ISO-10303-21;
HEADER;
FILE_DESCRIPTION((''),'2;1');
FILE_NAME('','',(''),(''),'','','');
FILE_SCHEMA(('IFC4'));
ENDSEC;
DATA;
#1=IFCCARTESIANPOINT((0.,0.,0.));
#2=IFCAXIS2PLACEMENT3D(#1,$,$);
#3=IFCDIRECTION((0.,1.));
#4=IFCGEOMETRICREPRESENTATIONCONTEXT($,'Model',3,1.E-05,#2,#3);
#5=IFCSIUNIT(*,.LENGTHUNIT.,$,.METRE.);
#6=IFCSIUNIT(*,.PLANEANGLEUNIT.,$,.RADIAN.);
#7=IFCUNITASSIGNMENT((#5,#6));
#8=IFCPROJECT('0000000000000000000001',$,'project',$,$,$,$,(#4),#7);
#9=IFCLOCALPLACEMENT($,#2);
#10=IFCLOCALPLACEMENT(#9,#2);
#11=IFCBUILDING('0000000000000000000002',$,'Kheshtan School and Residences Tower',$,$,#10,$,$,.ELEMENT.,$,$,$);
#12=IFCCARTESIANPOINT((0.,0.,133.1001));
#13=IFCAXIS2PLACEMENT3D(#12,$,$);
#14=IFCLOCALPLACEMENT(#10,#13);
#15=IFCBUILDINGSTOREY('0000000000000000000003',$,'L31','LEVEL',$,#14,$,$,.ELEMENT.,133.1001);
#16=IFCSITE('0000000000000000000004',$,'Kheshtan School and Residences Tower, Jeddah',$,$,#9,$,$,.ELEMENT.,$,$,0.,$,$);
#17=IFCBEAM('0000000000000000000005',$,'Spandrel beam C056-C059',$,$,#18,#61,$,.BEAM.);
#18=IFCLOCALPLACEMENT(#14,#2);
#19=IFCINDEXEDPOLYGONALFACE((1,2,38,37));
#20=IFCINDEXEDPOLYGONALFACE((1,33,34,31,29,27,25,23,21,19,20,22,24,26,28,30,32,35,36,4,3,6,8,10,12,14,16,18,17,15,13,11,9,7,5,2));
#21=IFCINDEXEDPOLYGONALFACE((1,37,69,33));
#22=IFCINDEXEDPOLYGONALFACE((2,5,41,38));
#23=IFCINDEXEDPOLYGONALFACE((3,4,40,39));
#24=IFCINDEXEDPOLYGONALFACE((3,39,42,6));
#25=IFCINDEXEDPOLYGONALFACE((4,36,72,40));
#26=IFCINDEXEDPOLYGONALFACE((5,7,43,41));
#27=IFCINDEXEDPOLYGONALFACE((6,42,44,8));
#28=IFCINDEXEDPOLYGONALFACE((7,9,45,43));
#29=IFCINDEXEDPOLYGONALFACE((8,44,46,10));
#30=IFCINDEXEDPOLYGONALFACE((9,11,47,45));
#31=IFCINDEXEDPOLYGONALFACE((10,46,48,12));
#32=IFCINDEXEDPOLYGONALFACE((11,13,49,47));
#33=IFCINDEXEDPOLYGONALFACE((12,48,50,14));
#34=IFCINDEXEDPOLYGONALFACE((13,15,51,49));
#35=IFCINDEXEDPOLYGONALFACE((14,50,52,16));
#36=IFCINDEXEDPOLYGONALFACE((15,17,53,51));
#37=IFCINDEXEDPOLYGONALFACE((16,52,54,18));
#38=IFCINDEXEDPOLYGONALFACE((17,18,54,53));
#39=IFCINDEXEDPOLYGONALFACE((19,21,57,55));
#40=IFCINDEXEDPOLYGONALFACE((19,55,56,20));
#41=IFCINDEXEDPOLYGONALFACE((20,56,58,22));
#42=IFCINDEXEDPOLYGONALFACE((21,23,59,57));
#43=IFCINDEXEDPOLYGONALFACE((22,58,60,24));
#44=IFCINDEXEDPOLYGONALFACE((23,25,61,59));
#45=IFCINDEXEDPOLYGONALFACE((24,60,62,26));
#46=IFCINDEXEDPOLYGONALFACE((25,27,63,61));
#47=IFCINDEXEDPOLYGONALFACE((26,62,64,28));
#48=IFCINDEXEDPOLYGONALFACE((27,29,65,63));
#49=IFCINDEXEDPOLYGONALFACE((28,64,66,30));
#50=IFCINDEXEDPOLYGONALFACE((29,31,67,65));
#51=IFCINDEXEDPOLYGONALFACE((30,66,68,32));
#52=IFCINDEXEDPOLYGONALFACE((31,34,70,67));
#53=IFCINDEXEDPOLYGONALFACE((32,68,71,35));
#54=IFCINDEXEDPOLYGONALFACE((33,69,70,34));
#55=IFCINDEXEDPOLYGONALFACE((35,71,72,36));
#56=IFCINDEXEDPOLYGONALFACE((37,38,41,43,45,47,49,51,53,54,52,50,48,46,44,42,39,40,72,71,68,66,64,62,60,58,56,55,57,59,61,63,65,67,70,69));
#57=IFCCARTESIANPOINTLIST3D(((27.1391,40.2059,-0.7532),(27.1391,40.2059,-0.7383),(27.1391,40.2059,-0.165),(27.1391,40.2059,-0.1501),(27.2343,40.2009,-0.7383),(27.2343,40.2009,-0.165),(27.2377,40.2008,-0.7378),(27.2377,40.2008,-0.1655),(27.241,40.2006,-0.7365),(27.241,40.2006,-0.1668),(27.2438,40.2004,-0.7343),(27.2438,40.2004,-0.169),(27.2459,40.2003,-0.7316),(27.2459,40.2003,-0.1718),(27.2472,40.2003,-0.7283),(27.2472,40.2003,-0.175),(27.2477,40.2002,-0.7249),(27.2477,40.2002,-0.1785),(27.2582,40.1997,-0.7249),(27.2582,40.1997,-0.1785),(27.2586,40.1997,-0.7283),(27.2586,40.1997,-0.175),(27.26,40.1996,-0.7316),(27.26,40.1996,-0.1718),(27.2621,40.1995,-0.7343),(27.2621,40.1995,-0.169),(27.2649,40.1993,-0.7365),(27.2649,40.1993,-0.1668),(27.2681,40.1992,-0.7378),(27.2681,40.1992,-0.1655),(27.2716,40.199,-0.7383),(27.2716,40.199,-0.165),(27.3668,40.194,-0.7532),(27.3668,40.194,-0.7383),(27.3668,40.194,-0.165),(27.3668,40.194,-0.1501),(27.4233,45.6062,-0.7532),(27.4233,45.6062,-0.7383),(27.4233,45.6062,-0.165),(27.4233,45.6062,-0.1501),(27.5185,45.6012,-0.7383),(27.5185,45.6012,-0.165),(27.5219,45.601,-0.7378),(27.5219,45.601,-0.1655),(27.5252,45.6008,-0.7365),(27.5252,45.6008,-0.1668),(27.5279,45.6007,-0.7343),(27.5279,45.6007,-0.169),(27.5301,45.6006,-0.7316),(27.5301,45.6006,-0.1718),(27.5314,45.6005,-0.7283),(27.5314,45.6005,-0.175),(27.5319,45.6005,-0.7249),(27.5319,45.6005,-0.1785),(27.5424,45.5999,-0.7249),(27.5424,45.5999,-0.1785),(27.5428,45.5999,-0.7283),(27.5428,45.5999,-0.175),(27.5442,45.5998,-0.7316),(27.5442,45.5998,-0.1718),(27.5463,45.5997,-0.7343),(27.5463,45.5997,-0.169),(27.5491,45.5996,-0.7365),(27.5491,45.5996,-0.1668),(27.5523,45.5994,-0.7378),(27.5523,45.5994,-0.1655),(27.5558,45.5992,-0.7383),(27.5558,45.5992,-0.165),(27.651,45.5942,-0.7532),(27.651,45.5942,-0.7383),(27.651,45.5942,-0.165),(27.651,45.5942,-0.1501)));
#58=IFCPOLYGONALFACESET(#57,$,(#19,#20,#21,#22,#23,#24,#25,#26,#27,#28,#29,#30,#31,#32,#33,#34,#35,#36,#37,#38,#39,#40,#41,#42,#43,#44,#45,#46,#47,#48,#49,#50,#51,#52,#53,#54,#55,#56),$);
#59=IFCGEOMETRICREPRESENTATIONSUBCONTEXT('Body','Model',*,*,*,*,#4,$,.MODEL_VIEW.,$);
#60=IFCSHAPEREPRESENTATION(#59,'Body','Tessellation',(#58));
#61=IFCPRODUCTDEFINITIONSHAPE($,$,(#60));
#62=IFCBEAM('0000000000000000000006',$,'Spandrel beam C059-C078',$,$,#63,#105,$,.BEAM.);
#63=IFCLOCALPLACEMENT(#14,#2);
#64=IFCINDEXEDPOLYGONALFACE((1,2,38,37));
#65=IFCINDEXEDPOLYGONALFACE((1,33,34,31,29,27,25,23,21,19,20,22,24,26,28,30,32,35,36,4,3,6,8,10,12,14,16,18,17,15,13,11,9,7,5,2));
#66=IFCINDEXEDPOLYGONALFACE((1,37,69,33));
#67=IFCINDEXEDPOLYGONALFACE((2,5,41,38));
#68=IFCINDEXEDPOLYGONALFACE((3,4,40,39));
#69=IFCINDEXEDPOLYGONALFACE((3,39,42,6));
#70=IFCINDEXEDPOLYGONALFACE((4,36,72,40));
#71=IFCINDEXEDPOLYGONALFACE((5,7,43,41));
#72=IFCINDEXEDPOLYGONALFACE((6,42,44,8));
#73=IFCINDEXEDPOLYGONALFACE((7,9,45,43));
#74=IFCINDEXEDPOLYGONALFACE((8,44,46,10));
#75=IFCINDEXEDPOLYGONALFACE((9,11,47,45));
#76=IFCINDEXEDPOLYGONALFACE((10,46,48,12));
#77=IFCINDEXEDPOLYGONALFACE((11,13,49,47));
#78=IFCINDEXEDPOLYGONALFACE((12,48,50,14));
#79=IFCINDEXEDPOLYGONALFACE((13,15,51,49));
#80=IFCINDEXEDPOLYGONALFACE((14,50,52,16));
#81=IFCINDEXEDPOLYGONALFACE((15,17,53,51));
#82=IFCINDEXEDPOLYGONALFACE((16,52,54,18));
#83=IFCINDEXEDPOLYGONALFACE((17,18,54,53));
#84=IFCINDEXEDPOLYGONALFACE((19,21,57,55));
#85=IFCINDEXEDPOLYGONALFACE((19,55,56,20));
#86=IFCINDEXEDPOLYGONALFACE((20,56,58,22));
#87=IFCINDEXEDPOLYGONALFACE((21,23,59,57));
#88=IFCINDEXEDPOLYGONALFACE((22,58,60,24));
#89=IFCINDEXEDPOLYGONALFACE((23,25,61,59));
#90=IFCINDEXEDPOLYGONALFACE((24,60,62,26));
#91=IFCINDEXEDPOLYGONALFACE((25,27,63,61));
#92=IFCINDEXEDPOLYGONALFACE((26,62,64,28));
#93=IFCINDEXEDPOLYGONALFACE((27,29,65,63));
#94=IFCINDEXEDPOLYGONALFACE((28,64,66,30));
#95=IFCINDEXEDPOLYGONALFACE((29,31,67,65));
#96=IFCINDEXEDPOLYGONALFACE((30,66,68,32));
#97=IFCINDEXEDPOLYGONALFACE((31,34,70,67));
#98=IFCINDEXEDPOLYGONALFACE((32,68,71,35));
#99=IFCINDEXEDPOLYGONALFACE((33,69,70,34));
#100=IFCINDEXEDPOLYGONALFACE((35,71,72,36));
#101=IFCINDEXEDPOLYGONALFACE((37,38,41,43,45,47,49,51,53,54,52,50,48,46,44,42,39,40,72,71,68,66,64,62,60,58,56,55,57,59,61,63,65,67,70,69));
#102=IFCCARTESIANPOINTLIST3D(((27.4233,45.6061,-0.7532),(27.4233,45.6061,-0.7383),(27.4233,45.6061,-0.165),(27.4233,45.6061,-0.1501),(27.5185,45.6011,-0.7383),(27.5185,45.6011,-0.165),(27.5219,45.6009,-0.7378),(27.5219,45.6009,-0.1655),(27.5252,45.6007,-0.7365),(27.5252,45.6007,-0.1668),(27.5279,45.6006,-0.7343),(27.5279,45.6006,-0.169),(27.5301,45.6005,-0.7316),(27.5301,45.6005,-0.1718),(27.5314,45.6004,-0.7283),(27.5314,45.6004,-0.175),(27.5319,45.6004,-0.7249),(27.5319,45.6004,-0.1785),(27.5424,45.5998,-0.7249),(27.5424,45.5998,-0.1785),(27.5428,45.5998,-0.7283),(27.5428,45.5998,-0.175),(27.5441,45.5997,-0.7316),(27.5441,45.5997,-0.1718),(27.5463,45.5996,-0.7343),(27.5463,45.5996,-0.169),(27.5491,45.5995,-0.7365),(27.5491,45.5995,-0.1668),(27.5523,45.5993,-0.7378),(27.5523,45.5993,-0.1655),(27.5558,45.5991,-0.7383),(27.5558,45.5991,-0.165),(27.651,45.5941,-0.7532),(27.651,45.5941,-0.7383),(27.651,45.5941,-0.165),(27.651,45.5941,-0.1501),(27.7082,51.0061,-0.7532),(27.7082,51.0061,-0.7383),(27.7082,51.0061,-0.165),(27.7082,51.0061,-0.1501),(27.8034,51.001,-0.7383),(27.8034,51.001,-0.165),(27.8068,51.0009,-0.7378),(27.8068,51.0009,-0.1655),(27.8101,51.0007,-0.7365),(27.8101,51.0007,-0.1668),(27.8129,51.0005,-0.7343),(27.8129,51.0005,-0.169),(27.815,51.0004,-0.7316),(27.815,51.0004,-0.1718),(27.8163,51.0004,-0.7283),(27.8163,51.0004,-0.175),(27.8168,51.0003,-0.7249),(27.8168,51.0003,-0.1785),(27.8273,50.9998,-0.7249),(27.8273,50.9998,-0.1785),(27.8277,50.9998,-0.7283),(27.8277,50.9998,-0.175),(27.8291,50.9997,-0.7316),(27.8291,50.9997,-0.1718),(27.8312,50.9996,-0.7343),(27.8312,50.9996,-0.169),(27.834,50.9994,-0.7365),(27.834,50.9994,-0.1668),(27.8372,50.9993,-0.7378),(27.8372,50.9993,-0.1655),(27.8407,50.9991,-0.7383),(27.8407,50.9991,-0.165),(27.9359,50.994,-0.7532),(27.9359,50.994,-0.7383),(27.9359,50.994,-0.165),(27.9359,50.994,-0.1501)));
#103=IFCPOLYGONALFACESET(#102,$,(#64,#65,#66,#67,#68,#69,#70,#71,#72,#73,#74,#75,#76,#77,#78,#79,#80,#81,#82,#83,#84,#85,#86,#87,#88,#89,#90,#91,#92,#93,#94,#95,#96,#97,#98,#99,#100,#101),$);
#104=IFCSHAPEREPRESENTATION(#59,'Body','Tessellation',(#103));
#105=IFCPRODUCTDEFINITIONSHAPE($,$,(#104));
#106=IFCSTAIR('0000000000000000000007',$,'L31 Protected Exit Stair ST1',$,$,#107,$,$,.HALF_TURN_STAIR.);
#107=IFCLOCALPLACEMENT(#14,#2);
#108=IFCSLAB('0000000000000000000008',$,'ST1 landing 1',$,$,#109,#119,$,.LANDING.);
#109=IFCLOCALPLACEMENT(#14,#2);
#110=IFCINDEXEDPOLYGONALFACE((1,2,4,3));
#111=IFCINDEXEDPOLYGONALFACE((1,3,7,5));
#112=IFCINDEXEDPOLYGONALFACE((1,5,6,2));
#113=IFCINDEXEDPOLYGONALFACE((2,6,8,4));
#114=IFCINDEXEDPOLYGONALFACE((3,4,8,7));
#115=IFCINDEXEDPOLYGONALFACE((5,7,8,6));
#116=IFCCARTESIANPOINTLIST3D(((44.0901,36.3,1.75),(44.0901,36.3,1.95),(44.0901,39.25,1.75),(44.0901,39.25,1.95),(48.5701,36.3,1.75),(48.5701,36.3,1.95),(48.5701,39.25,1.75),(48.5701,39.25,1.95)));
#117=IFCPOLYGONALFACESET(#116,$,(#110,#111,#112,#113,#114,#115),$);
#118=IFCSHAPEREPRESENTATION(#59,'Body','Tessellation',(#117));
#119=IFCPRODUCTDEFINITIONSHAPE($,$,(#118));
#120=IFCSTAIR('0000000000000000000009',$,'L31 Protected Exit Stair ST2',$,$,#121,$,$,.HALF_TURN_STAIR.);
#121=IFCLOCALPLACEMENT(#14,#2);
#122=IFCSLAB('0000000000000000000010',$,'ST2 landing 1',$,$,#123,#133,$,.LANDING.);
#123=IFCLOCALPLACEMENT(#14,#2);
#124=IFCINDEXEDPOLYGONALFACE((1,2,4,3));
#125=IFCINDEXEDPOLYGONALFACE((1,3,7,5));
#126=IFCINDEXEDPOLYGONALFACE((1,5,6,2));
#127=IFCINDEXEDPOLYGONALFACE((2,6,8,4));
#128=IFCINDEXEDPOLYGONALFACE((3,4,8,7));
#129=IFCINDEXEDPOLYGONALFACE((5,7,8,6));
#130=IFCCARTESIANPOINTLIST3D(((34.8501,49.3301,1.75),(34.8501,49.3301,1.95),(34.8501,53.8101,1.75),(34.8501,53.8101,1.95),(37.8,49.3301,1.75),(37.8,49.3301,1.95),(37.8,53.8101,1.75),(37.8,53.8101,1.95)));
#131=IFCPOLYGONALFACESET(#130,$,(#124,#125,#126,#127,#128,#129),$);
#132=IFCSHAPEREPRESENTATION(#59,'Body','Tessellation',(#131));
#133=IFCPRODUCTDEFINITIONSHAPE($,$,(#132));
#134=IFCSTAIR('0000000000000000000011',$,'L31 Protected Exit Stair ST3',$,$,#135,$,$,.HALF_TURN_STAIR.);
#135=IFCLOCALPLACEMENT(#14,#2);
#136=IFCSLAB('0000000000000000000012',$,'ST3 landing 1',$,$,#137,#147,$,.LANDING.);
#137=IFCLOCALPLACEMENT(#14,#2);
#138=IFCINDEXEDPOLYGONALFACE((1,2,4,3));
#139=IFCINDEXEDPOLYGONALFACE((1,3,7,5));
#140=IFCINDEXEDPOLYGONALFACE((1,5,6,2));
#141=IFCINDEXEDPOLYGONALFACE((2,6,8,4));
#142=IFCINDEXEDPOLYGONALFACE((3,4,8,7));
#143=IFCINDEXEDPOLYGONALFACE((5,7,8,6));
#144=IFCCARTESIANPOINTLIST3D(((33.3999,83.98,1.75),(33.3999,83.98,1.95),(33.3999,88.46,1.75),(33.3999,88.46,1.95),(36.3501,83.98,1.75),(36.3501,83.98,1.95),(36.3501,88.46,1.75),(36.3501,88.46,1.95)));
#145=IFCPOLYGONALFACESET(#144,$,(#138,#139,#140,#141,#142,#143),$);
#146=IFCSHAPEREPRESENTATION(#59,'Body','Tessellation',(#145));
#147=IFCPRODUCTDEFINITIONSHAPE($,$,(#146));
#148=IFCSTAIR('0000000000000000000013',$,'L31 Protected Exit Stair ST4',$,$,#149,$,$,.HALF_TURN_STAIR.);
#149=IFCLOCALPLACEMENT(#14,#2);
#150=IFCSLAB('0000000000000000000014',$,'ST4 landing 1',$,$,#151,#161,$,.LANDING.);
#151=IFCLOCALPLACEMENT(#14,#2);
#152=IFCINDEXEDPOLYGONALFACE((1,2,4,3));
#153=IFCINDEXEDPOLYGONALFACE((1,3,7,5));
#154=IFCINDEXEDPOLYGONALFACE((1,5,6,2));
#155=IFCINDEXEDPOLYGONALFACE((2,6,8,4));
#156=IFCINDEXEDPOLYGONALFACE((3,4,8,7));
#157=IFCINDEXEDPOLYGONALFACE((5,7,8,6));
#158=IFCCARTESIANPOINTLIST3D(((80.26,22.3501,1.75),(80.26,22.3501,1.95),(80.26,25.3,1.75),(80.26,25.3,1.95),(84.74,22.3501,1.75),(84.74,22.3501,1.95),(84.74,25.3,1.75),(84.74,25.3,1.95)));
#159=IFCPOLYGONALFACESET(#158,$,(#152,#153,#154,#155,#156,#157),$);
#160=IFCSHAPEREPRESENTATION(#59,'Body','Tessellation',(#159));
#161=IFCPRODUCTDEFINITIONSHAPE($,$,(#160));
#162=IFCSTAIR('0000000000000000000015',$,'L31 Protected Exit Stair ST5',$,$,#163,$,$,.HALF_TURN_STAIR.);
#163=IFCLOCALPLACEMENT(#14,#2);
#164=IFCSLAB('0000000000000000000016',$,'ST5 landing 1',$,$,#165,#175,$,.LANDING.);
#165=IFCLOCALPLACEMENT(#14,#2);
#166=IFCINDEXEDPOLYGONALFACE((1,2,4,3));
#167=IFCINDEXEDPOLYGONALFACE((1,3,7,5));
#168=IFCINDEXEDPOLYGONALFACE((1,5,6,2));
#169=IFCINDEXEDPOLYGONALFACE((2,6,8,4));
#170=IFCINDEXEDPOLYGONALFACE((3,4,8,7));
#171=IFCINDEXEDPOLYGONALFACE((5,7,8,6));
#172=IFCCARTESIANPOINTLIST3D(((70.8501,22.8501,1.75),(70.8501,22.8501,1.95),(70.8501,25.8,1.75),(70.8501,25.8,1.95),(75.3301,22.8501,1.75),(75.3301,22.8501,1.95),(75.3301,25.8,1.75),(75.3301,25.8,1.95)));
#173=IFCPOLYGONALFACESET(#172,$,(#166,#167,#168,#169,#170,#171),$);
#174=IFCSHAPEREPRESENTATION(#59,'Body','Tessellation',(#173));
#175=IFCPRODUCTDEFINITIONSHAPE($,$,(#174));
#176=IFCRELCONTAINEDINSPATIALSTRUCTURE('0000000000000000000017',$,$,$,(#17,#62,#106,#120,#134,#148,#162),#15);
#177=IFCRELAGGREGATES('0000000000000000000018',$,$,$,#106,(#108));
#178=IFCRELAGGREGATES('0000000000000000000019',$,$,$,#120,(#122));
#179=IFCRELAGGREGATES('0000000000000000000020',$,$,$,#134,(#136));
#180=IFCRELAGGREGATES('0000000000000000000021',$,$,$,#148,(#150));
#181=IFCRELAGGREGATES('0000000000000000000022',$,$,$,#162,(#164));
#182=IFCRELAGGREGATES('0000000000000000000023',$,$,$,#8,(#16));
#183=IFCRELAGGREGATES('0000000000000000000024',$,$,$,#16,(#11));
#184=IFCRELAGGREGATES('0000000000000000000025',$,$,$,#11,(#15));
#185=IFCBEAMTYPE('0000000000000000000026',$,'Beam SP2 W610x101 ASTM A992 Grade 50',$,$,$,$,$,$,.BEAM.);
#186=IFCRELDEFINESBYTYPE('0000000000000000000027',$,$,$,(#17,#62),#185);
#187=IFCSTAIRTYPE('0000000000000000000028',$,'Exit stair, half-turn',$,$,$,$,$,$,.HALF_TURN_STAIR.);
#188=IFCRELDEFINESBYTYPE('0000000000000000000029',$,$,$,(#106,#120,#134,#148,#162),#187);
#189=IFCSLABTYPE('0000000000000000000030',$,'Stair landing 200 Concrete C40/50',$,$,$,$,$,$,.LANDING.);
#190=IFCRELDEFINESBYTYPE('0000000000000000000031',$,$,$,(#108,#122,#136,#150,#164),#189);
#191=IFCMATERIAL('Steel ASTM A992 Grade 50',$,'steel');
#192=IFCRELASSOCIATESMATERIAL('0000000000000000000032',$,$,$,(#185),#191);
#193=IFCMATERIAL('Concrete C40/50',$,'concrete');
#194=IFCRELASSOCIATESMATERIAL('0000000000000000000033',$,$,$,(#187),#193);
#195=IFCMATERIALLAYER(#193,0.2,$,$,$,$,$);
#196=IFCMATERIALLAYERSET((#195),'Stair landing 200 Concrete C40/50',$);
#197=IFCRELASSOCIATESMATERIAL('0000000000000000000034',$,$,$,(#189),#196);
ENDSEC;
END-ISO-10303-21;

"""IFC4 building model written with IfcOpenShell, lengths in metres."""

from ifc_helpers import new_model, si_unit, direction, frame, origin, origin_2d, place, context, subcontext, project, spatial, polyline, i_section, outline, extrude, material, layer, layer_set, material_profile, profile_set, type_object, element, aggregate, save


model = new_model("IFC4")

# Units and contexts
model_context = context("Model", 3, precision=1e-05, world=origin(), true_north=direction((0.0, 1.0)))
body_context = subcontext(model_context, "Body", "Model", "MODEL_VIEW")
ifc_project = project(units=[si_unit("LENGTHUNIT", "METRE"), si_unit("PLANEANGLEUNIT", "RADIAN")], contexts=[model_context])

# Site, building, storey
site_placement = place(None, origin())
site = spatial("IfcSite", under=ifc_project, at=site_placement, Name="Kheshtan School and Residences Tower, Jeddah", CompositionType="ELEMENT", RefElevation=0.0)
building_placement = place(site_placement, origin())
building = spatial("IfcBuilding", under=site, at=building_placement, Name="Kheshtan School and Residences Tower", CompositionType="ELEMENT")
storey_placement = place(building_placement, frame((0.0, 0.0, 133.1001)))
storey = spatial("IfcBuildingStorey", under=building, at=storey_placement, Name="L31", Description="LEVEL", CompositionType="ELEMENT", Elevation=133.1001)

# Shared definitions
ifc_material_1 = material(Name="Steel ASTM A992 Grade 50", Category="steel")

# Beams
ifc_material_profile_1 = material_profile(ifc_material_1, i_section(OverallWidth=0.228, OverallDepth=0.603, WebThickness=0.0105, FlangeThickness=0.0149, FilletRadius=0.0134, at=origin_2d()), Name="W610x101")
ifc_profile_set_1 = profile_set([ifc_material_profile_1], Name="Steel ASTM A992 Grade 50")
beam_type_1 = type_object("IfcBeamType", Name="Beam SP2 W610x101 ASTM A992 Grade 50", PredefinedType="BEAM", material=ifc_profile_set_1)
beam_1_placement = place(storey_placement, frame((27.2529, 40.2, -0.4517), z_axis=(0.052552, 0.998618, 0.0), x_axis=(-0.998618, 0.052552, 0.0)))
element("IfcBeam", 1, at=beam_1_placement, inside=storey, type_object=beam_type_1, Name="Spandrel beam C056-C059", PredefinedType="BEAM", context=body_context, shape_type="SweptSolid", body=[
    extrude(i_section(OverallWidth=0.228, OverallDepth=0.603, WebThickness=0.0105, FlangeThickness=0.0149, FilletRadius=0.0134, at=origin_2d()), origin(), (0.0, 0.0, 1.0), 5.4077),
])
beam_2_placement = place(storey_placement, frame((27.5371, 45.6001, -0.4517), z_axis=(0.052689, 0.998611, 0.0), x_axis=(-0.998611, 0.052689, 0.0)))
element("IfcBeam", 2, at=beam_2_placement, inside=storey, type_object=beam_type_1, Name="Spandrel beam C059-C078", PredefinedType="BEAM", context=body_context, shape_type="SweptSolid", body=[
    extrude(i_section(OverallWidth=0.228, OverallDepth=0.603, WebThickness=0.0105, FlangeThickness=0.0149, FilletRadius=0.0134, at=origin_2d()), origin(), (0.0, 0.0, 1.0), 5.4075),
])

# Shared definitions
ifc_material_2 = material(Name="Concrete C40/50", Category="concrete")

# Stairs, slabs
stair_type = type_object("IfcStairType", Name="Exit stair, half-turn", PredefinedType="HALF_TURN_STAIR", material=ifc_material_2)
stair_1_placement = place(storey_placement, origin())
stair_1 = element("IfcStair", 3, at=stair_1_placement, inside=storey, type_object=stair_type, Name="L31 Protected Exit Stair ST1", PredefinedType="HALF_TURN_STAIR")
ifc_layer_1 = layer(ifc_material_2, 0.2)
ifc_layer_set_1 = layer_set([ifc_layer_1], Name="Stair landing 200 Concrete C40/50")
slab_type_1 = type_object("IfcSlabType", Name="Stair landing 200 Concrete C40/50", PredefinedType="LANDING", material=ifc_layer_set_1)
slab_1_placement = place(storey_placement, frame((0.0, 0.0, 1.75)))
slab_1 = element("IfcSlab", 4, at=slab_1_placement, type_object=slab_type_1, Name="ST1 landing 1", PredefinedType="LANDING", context=body_context, shape_type="SweptSolid", body=[
    extrude(outline(polyline([(48.5701, 39.25), (44.0901, 39.25), (44.0901, 36.3), (48.5701, 36.3), (48.5701, 39.25)])), origin(), (0.0, 0.0, 1.0), 0.2),
])
aggregate(stair_1, [slab_1])
stair_2_placement = place(storey_placement, origin())
stair_2 = element("IfcStair", 5, at=stair_2_placement, inside=storey, type_object=stair_type, Name="L31 Protected Exit Stair ST2", PredefinedType="HALF_TURN_STAIR")
slab_2_placement = place(storey_placement, frame((0.0, 0.0, 1.75)))
slab_2 = element("IfcSlab", 6, at=slab_2_placement, type_object=slab_type_1, Name="ST2 landing 1", PredefinedType="LANDING", context=body_context, shape_type="SweptSolid", body=[
    extrude(outline(polyline([(37.8, 49.3301), (37.8, 53.8101), (34.8501, 53.8101), (34.8501, 49.3301), (37.8, 49.3301)])), origin(), (0.0, 0.0, 1.0), 0.2),
])
aggregate(stair_2, [slab_2])
stair_3_placement = place(storey_placement, origin())
stair_3 = element("IfcStair", 7, at=stair_3_placement, inside=storey, type_object=stair_type, Name="L31 Protected Exit Stair ST3", PredefinedType="HALF_TURN_STAIR")
slab_3_placement = place(storey_placement, frame((0.0, 0.0, 1.75)))
slab_3 = element("IfcSlab", 8, at=slab_3_placement, type_object=slab_type_1, Name="ST3 landing 1", PredefinedType="LANDING", context=body_context, shape_type="SweptSolid", body=[
    extrude(outline(polyline([(36.3501, 83.98), (36.3501, 88.46), (33.3999, 88.46), (33.3999, 83.98), (36.3501, 83.98)])), origin(), (0.0, 0.0, 1.0), 0.2),
])
aggregate(stair_3, [slab_3])
stair_4_placement = place(storey_placement, origin())
stair_4 = element("IfcStair", 9, at=stair_4_placement, inside=storey, type_object=stair_type, Name="L31 Protected Exit Stair ST4", PredefinedType="HALF_TURN_STAIR")
slab_4_placement = place(storey_placement, frame((0.0, 0.0, 1.75)))
slab_4 = element("IfcSlab", 10, at=slab_4_placement, type_object=slab_type_1, Name="ST4 landing 1", PredefinedType="LANDING", context=body_context, shape_type="SweptSolid", body=[
    extrude(outline(polyline([(84.74, 25.3), (80.26, 25.3), (80.26, 22.3501), (84.74, 22.3501), (84.74, 25.3)])), origin(), (0.0, 0.0, 1.0), 0.2),
])
aggregate(stair_4, [slab_4])
stair_5_placement = place(storey_placement, origin())
stair_5 = element("IfcStair", 11, at=stair_5_placement, inside=storey, type_object=stair_type, Name="L31 Protected Exit Stair ST5", PredefinedType="HALF_TURN_STAIR")
slab_5_placement = place(storey_placement, frame((0.0, 0.0, 1.75)))
slab_5 = element("IfcSlab", 12, at=slab_5_placement, type_object=slab_type_1, Name="ST5 landing 1", PredefinedType="LANDING", context=body_context, shape_type="SweptSolid", body=[
    extrude(outline(polyline([(75.3301, 25.8), (70.8501, 25.8), (70.8501, 22.8501), (75.3301, 22.8501), (75.3301, 25.8)])), origin(), (0.0, 0.0, 1.0), 0.2),
])
aggregate(stair_5, [slab_5])

save(model, "model.ifc")
